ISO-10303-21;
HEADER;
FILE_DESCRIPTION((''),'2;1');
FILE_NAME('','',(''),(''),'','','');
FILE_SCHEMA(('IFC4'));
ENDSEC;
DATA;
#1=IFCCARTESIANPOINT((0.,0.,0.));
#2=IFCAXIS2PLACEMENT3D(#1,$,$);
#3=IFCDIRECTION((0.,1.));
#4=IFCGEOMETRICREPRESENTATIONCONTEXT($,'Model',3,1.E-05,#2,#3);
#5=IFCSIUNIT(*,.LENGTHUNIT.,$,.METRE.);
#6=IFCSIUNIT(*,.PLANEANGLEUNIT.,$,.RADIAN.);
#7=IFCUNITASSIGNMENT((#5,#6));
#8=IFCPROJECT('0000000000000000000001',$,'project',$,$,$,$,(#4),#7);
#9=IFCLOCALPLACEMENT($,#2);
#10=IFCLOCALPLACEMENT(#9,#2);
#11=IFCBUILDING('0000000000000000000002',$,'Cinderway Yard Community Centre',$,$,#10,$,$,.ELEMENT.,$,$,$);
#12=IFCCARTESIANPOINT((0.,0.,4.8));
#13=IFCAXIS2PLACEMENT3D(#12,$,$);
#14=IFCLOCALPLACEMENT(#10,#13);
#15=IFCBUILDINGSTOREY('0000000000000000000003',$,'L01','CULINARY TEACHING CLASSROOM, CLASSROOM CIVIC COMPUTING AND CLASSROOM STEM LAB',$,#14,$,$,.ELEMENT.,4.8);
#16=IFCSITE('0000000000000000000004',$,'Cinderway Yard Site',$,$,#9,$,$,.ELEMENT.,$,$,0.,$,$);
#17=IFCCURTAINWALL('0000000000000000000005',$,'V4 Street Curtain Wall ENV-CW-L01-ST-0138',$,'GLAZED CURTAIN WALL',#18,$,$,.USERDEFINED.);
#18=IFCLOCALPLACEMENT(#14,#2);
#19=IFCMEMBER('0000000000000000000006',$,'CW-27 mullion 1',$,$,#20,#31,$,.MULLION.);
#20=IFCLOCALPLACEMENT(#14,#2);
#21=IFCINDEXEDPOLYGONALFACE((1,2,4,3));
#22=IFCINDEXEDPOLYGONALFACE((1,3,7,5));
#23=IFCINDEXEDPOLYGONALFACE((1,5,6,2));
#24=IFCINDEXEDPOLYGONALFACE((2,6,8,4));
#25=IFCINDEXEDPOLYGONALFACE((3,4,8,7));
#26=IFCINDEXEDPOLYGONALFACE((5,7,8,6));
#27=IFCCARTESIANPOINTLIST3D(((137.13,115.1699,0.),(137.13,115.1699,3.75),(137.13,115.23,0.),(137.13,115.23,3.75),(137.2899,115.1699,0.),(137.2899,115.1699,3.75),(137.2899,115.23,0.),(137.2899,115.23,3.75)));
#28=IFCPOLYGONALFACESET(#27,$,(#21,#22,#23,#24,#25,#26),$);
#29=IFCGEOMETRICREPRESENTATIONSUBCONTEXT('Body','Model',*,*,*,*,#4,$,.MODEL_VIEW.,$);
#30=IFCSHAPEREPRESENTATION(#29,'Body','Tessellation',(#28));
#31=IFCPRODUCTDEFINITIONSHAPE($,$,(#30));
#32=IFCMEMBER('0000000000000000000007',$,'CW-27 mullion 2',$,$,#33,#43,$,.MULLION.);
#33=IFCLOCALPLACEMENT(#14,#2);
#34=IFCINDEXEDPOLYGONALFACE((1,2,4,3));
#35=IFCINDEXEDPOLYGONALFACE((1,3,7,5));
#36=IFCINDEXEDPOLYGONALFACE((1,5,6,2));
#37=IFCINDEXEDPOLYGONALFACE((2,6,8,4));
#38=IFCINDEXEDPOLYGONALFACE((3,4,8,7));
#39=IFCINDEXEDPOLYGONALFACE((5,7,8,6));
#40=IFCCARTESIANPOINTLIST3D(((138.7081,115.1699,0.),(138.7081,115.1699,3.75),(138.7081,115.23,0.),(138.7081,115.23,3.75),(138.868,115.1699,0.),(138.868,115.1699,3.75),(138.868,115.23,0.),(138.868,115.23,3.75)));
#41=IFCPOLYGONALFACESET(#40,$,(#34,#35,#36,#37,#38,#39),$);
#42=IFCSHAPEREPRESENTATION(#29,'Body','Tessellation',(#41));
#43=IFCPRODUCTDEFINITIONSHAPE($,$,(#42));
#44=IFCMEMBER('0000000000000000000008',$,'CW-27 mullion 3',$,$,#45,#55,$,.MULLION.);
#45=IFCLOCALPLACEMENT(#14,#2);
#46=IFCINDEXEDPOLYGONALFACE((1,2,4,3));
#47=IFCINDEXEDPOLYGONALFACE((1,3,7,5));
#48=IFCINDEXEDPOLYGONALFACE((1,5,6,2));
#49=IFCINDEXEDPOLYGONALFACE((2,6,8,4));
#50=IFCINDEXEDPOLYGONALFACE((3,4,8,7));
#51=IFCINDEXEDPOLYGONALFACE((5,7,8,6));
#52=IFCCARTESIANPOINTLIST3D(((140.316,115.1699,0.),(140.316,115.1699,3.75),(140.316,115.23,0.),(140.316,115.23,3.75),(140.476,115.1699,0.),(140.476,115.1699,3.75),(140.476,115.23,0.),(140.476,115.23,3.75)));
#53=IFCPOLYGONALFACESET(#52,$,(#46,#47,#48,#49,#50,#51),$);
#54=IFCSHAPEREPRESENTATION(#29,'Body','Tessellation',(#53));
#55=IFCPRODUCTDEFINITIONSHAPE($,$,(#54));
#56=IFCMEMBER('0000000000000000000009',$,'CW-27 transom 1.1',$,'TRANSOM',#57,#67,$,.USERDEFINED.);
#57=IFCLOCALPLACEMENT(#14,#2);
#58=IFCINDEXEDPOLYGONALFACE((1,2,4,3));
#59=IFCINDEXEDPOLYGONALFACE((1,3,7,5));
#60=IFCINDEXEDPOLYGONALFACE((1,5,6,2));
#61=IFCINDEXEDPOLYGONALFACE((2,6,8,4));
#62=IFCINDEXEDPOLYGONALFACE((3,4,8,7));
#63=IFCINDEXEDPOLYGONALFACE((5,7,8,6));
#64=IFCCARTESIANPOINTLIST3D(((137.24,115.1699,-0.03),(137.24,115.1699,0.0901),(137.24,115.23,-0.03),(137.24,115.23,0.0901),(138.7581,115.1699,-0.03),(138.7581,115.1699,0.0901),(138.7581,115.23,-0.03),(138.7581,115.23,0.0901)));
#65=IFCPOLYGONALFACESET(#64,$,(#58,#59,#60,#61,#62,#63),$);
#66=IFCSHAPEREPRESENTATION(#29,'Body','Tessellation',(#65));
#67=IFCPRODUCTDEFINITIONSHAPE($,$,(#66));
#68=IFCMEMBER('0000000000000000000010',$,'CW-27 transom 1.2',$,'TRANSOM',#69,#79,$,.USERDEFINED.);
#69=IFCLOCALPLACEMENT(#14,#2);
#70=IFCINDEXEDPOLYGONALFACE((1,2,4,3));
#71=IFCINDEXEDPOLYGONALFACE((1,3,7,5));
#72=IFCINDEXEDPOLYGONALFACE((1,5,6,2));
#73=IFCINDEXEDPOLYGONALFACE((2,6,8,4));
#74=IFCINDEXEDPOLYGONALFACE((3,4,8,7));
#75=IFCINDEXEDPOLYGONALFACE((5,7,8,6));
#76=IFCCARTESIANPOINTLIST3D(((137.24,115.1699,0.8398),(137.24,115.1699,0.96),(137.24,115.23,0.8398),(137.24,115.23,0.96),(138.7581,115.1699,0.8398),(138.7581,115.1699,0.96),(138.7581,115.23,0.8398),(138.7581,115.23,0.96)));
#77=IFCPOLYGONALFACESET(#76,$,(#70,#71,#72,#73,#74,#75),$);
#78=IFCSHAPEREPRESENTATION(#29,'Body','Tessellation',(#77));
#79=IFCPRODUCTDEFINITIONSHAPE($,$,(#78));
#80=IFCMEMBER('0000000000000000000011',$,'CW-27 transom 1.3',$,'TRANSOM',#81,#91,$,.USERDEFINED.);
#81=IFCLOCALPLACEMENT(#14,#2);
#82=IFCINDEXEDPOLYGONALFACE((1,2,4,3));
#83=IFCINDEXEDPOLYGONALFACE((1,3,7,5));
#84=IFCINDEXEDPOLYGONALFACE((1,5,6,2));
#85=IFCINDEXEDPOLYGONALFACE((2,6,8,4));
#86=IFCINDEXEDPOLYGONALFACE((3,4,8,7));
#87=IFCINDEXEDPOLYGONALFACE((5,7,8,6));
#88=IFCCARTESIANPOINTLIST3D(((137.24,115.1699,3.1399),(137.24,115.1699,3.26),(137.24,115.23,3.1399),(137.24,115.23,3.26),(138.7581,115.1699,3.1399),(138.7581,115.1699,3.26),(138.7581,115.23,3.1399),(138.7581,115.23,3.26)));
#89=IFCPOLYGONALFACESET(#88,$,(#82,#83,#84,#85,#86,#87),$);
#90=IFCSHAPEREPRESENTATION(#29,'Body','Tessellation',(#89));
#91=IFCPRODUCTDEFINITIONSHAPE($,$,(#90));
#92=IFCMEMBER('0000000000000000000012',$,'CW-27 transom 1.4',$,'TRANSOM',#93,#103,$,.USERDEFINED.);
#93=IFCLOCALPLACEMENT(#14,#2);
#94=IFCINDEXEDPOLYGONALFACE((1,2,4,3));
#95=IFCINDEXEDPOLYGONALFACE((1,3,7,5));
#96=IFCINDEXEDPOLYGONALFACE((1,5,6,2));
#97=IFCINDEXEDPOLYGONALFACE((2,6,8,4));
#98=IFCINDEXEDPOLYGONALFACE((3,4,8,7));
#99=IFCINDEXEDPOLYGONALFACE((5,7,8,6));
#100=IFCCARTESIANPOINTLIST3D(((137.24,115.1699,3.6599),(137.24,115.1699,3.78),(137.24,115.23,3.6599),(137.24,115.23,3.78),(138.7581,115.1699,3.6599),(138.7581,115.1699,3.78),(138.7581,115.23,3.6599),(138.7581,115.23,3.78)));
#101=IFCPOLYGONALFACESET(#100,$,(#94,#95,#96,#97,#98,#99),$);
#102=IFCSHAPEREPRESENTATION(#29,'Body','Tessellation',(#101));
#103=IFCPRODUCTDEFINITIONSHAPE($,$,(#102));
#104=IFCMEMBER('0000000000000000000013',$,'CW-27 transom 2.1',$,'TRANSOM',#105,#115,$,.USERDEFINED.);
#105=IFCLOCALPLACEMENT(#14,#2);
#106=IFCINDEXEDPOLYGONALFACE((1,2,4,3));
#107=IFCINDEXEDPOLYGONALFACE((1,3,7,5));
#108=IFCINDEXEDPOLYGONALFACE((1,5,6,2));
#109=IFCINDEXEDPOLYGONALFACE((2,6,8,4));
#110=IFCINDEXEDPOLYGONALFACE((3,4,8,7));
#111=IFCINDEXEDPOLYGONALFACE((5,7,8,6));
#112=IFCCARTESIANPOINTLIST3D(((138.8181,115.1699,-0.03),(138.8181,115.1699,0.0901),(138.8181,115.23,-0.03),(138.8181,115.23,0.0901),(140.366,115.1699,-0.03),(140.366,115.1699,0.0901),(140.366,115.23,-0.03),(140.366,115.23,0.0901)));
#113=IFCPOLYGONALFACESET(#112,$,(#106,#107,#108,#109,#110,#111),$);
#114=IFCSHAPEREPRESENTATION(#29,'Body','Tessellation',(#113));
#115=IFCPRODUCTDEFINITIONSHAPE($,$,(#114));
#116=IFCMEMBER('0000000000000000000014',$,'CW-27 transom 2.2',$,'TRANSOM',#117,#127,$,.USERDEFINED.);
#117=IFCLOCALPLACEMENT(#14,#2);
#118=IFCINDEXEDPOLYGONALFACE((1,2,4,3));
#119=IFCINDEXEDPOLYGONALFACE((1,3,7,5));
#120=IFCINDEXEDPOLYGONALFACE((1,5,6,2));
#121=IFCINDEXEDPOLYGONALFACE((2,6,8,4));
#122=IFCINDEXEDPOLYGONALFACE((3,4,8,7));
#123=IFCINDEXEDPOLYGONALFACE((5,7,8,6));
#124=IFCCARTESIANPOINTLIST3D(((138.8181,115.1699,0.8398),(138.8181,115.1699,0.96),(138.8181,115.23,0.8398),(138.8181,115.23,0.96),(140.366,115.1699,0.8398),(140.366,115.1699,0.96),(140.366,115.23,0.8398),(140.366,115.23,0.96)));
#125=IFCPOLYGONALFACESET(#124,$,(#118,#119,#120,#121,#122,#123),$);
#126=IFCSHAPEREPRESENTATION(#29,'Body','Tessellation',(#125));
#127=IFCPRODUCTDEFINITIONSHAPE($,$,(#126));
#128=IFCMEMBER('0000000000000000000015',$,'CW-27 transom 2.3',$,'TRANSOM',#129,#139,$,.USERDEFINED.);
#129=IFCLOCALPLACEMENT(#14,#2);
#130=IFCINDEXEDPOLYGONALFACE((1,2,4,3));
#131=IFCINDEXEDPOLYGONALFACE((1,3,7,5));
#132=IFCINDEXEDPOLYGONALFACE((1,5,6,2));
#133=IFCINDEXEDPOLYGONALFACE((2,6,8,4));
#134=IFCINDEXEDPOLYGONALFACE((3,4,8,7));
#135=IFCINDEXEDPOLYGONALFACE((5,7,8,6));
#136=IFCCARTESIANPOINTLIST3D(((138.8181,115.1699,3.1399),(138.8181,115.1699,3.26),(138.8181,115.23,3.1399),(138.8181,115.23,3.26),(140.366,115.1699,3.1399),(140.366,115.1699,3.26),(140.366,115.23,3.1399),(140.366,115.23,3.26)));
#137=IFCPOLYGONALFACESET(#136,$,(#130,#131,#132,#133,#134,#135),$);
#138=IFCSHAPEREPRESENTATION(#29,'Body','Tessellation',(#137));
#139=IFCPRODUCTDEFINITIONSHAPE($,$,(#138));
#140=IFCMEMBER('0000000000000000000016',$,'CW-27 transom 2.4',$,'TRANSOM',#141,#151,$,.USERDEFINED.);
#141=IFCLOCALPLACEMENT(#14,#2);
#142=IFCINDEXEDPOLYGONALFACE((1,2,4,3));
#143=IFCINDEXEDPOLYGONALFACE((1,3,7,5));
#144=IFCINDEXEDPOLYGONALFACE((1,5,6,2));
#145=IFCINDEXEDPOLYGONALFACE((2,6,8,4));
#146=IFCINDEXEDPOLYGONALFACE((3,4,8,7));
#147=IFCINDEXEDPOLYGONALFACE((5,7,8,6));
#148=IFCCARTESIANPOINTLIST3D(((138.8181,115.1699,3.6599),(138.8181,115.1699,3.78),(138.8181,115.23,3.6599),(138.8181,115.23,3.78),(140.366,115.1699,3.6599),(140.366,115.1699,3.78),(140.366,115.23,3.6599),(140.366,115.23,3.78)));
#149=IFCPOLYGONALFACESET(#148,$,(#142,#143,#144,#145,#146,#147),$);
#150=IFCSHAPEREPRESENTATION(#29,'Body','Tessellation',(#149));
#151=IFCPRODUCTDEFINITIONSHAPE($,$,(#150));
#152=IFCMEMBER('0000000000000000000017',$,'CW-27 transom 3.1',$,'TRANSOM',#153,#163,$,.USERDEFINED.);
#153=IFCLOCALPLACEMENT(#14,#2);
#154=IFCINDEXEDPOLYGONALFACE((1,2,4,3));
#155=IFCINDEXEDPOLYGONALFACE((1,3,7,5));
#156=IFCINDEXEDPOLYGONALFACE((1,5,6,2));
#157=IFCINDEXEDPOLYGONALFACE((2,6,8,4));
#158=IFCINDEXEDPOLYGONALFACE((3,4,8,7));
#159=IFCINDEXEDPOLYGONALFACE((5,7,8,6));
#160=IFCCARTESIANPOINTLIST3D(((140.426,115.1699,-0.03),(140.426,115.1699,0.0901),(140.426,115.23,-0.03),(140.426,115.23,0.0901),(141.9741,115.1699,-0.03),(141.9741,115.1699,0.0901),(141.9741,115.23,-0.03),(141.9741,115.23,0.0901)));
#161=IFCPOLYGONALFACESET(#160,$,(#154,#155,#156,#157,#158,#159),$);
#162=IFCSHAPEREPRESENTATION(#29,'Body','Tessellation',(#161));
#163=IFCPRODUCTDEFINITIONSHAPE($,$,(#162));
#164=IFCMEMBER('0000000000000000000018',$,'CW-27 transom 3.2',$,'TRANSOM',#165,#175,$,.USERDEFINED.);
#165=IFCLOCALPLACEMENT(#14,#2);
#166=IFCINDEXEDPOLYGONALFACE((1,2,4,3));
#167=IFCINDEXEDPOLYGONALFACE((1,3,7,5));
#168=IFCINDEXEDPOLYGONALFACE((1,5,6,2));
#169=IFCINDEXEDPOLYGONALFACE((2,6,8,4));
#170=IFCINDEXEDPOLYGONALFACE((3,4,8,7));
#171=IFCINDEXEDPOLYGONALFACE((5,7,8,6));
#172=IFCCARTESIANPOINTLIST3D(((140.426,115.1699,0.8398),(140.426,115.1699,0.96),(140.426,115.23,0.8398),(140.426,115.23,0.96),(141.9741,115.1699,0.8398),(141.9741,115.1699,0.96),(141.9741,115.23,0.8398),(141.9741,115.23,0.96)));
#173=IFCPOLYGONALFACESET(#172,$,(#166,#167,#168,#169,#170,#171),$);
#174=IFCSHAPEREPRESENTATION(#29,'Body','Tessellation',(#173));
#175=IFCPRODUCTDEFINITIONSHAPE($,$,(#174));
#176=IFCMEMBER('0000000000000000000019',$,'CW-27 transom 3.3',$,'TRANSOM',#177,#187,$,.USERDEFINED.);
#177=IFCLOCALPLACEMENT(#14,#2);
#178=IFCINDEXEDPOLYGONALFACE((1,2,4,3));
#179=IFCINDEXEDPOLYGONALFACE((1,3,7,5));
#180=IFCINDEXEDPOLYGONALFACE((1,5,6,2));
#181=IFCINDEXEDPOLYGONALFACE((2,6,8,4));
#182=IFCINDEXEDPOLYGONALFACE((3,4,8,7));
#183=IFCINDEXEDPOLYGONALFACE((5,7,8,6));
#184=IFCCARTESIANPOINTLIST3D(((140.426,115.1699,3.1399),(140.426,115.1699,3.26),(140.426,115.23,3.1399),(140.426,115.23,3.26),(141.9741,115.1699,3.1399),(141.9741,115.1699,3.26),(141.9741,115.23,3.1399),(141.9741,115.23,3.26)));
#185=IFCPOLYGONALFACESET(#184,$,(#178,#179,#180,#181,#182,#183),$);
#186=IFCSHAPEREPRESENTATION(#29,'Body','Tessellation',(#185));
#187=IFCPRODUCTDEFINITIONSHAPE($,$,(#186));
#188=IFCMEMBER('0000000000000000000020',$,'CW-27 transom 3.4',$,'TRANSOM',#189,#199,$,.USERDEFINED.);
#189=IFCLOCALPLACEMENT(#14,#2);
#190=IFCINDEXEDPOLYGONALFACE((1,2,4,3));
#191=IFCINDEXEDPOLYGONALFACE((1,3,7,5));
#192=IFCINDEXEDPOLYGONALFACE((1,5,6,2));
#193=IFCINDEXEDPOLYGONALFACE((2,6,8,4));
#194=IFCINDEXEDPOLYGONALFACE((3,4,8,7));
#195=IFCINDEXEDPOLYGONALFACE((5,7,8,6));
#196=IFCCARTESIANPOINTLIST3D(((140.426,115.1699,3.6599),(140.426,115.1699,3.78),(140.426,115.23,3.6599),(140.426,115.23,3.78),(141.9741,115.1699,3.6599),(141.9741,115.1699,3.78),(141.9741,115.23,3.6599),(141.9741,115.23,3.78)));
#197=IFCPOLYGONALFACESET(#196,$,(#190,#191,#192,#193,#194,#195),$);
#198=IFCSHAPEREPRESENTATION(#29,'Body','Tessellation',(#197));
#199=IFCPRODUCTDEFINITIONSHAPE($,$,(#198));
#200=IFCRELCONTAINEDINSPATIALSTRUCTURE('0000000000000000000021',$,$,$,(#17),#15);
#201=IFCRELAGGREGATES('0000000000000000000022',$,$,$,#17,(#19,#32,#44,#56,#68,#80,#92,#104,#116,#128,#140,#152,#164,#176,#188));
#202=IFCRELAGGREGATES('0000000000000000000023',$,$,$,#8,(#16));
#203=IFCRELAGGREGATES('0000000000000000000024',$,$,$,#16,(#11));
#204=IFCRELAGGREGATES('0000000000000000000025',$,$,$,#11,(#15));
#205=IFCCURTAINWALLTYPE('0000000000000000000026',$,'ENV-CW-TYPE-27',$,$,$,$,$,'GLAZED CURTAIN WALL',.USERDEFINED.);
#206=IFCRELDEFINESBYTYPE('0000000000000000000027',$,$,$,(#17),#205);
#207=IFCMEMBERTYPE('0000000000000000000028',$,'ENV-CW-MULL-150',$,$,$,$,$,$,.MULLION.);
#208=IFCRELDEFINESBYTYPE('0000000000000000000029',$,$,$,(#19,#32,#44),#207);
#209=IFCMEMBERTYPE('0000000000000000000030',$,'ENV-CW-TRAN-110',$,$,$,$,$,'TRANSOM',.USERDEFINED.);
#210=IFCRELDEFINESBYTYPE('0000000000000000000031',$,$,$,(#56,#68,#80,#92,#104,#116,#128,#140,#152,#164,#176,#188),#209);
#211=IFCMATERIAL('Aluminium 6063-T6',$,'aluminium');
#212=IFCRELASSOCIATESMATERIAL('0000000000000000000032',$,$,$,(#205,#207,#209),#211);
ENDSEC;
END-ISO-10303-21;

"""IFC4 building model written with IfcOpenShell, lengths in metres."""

from ifc_helpers import new_model, si_unit, direction, frame, origin, origin_2d, place, context, subcontext, project, spatial, rectangle, extrude, material, material_profile, profile_set, type_object, element, aggregate, save


model = new_model("IFC4")

# Units and contexts
model_context = context("Model", 3, precision=1e-05, world=origin(), true_north=direction((0.0, 1.0)))
body_context = subcontext(model_context, "Body", "Model", "MODEL_VIEW")
ifc_project = project(units=[si_unit("LENGTHUNIT", "METRE"), si_unit("PLANEANGLEUNIT", "RADIAN")], contexts=[model_context])

# Site, building, storey
site_placement = place(None, origin())
site = spatial("IfcSite", under=ifc_project, at=site_placement, Name="Cinderway Yard Site", CompositionType="ELEMENT", RefElevation=0.0)
building_placement = place(site_placement, origin())
building = spatial("IfcBuilding", under=site, at=building_placement, Name="Cinderway Yard Community Centre", CompositionType="ELEMENT")
storey_placement = place(building_placement, frame((0.0, 0.0, 4.8)))
storey = spatial("IfcBuildingStorey", under=building, at=storey_placement, Name="L01", Description="CULINARY TEACHING CLASSROOM, CLASSROOM CIVIC COMPUTING AND CLASSROOM STEM LAB", CompositionType="ELEMENT", Elevation=4.8)

# Curtain wall, members
ifc_material_1 = material(Name="Aluminium 6063-T6", Category="aluminium")
curtain_wall_type = type_object("IfcCurtainWallType", Name="ENV-CW-TYPE-27", ElementType="GLAZED CURTAIN WALL", PredefinedType="USERDEFINED", material=ifc_material_1)
curtain_wall_placement = place(storey_placement, origin())
curtain_wall = element("IfcCurtainWall", 1, at=curtain_wall_placement, inside=storey, type_object=curtain_wall_type, Name="V4 Street Curtain Wall ENV-CW-L01-ST-0138", ObjectType="GLAZED CURTAIN WALL", PredefinedType="USERDEFINED")
ifc_material_profile_1 = material_profile(ifc_material_1, rectangle(XDim=0.0601, YDim=0.1599, at=origin_2d()), Name="Aluminium 6063-T6")
ifc_profile_set_1 = profile_set([ifc_material_profile_1], Name="Aluminium 6063-T6")
member_type_1 = type_object("IfcMemberType", Name="ENV-CW-MULL-150", PredefinedType="MULLION", material=ifc_profile_set_1)
member_1_placement = place(storey_placement, frame((137.21, 115.2, 0.0), z_axis=(0.0, 0.0, 1.0), x_axis=(0.0, 1.0, 0.0)))
member_1 = element("IfcMember", 2, at=member_1_placement, type_object=member_type_1, Name="CW-27 mullion 1", PredefinedType="MULLION", context=body_context, shape_type="SweptSolid", body=[
    extrude(rectangle(XDim=0.0601, YDim=0.1599, at=origin_2d()), origin(), (0.0, 0.0, 1.0), 3.75),
])
member_2_placement = place(storey_placement, frame((138.7881, 115.2, 0.0), z_axis=(0.0, 0.0, 1.0), x_axis=(0.0, 1.0, 0.0)))
member_2 = element("IfcMember", 3, at=member_2_placement, type_object=member_type_1, Name="CW-27 mullion 2", PredefinedType="MULLION", context=body_context, shape_type="SweptSolid", body=[
    extrude(rectangle(XDim=0.0601, YDim=0.1599, at=origin_2d()), origin(), (0.0, 0.0, 1.0), 3.75),
])
member_3_placement = place(storey_placement, frame((140.396, 115.2, 0.0), z_axis=(0.0, 0.0, 1.0), x_axis=(0.0, 1.0, 0.0)))
member_3 = element("IfcMember", 4, at=member_3_placement, type_object=member_type_1, Name="CW-27 mullion 3", PredefinedType="MULLION", context=body_context, shape_type="SweptSolid", body=[
    extrude(rectangle(XDim=0.0601, YDim=0.1599, at=origin_2d()), origin(), (0.0, 0.0, 1.0), 3.75),
])
ifc_material_profile_2 = material_profile(ifc_material_1, rectangle(XDim=0.0601, YDim=0.1201, at=origin_2d()), Name="Aluminium 6063-T6")
ifc_profile_set_2 = profile_set([ifc_material_profile_2], Name="Aluminium 6063-T6")
member_type_2 = type_object("IfcMemberType", Name="ENV-CW-TRAN-110", ElementType="TRANSOM", PredefinedType="USERDEFINED", material=ifc_profile_set_2)
member_4_placement = place(storey_placement, frame((137.24, 115.2, 0.03), z_axis=(1.0, 0.0, 0.0), x_axis=(0.0, 1.0, 0.0)))
member_4 = element("IfcMember", 5, at=member_4_placement, type_object=member_type_2, Name="CW-27 transom 1.1", ObjectType="TRANSOM", PredefinedType="USERDEFINED", context=body_context, shape_type="SweptSolid", body=[
    extrude(rectangle(XDim=0.0601, YDim=0.1201, at=origin_2d()), origin(), (0.0, 0.0, 1.0), 1.5181),
])
member_5_placement = place(storey_placement, frame((137.24, 115.2, 0.8999), z_axis=(1.0, 0.0, 0.0), x_axis=(0.0, 1.0, 0.0)))
member_5 = element("IfcMember", 6, at=member_5_placement, type_object=member_type_2, Name="CW-27 transom 1.2", ObjectType="TRANSOM", PredefinedType="USERDEFINED", context=body_context, shape_type="SweptSolid", body=[
    extrude(rectangle(XDim=0.0601, YDim=0.1201, at=origin_2d()), origin(), (0.0, 0.0, 1.0), 1.5181),
])
member_6_placement = place(storey_placement, frame((137.24, 115.2, 3.2), z_axis=(1.0, 0.0, 0.0), x_axis=(0.0, 1.0, 0.0)))
member_6 = element("IfcMember", 7, at=member_6_placement, type_object=member_type_2, Name="CW-27 transom 1.3", ObjectType="TRANSOM", PredefinedType="USERDEFINED", context=body_context, shape_type="SweptSolid", body=[
    extrude(rectangle(XDim=0.0601, YDim=0.1201, at=origin_2d()), origin(), (0.0, 0.0, 1.0), 1.5181),
])
member_7_placement = place(storey_placement, frame((137.24, 115.2, 3.72), z_axis=(1.0, 0.0, 0.0), x_axis=(0.0, 1.0, 0.0)))
member_7 = element("IfcMember", 8, at=member_7_placement, type_object=member_type_2, Name="CW-27 transom 1.4", ObjectType="TRANSOM", PredefinedType="USERDEFINED", context=body_context, shape_type="SweptSolid", body=[
    extrude(rectangle(XDim=0.0601, YDim=0.1201, at=origin_2d()), origin(), (0.0, 0.0, 1.0), 1.5181),
])
member_8_placement = place(storey_placement, frame((138.8181, 115.2, 0.03), z_axis=(1.0, 0.0, 0.0), x_axis=(0.0, 1.0, 0.0)))
member_8 = element("IfcMember", 9, at=member_8_placement, type_object=member_type_2, Name="CW-27 transom 2.1", ObjectType="TRANSOM", PredefinedType="USERDEFINED", context=body_context, shape_type="SweptSolid", body=[
    extrude(rectangle(XDim=0.0601, YDim=0.1201, at=origin_2d()), origin(), (0.0, 0.0, 1.0), 1.5479),
])
member_9_placement = place(storey_placement, frame((138.8181, 115.2, 0.8999), z_axis=(1.0, 0.0, 0.0), x_axis=(0.0, 1.0, 0.0)))
member_9 = element("IfcMember", 10, at=member_9_placement, type_object=member_type_2, Name="CW-27 transom 2.2", ObjectType="TRANSOM", PredefinedType="USERDEFINED", context=body_context, shape_type="SweptSolid", body=[
    extrude(rectangle(XDim=0.0601, YDim=0.1201, at=origin_2d()), origin(), (0.0, 0.0, 1.0), 1.5479),
])
member_10_placement = place(storey_placement, frame((138.8181, 115.2, 3.2), z_axis=(1.0, 0.0, 0.0), x_axis=(0.0, 1.0, 0.0)))
member_10 = element("IfcMember", 11, at=member_10_placement, type_object=member_type_2, Name="CW-27 transom 2.3", ObjectType="TRANSOM", PredefinedType="USERDEFINED", context=body_context, shape_type="SweptSolid", body=[
    extrude(rectangle(XDim=0.0601, YDim=0.1201, at=origin_2d()), origin(), (0.0, 0.0, 1.0), 1.5479),
])
member_11_placement = place(storey_placement, frame((138.8181, 115.2, 3.72), z_axis=(1.0, 0.0, 0.0), x_axis=(0.0, 1.0, 0.0)))
member_11 = element("IfcMember", 12, at=member_11_placement, type_object=member_type_2, Name="CW-27 transom 2.4", ObjectType="TRANSOM", PredefinedType="USERDEFINED", context=body_context, shape_type="SweptSolid", body=[
    extrude(rectangle(XDim=0.0601, YDim=0.1201, at=origin_2d()), origin(), (0.0, 0.0, 1.0), 1.5479),
])
member_12_placement = place(storey_placement, frame((140.426, 115.2, 0.03), z_axis=(1.0, 0.0, 0.0), x_axis=(0.0, 1.0, 0.0)))
member_12 = element("IfcMember", 13, at=member_12_placement, type_object=member_type_2, Name="CW-27 transom 3.1", ObjectType="TRANSOM", PredefinedType="USERDEFINED", context=body_context, shape_type="SweptSolid", body=[
    extrude(rectangle(XDim=0.0601, YDim=0.1201, at=origin_2d()), origin(), (0.0, 0.0, 1.0), 1.5481),
])
member_13_placement = place(storey_placement, frame((140.426, 115.2, 0.8999), z_axis=(1.0, 0.0, 0.0), x_axis=(0.0, 1.0, 0.0)))
member_13 = element("IfcMember", 14, at=member_13_placement, type_object=member_type_2, Name="CW-27 transom 3.2", ObjectType="TRANSOM", PredefinedType="USERDEFINED", context=body_context, shape_type="SweptSolid", body=[
    extrude(rectangle(XDim=0.0601, YDim=0.1201, at=origin_2d()), origin(), (0.0, 0.0, 1.0), 1.5481),
])
member_14_placement = place(storey_placement, frame((140.426, 115.2, 3.2), z_axis=(1.0, 0.0, 0.0), x_axis=(0.0, 1.0, 0.0)))
member_14 = element("IfcMember", 15, at=member_14_placement, type_object=member_type_2, Name="CW-27 transom 3.3", ObjectType="TRANSOM", PredefinedType="USERDEFINED", context=body_context, shape_type="SweptSolid", body=[
    extrude(rectangle(XDim=0.0601, YDim=0.1201, at=origin_2d()), origin(), (0.0, 0.0, 1.0), 1.5481),
])
member_15_placement = place(storey_placement, frame((140.426, 115.2, 3.72), z_axis=(1.0, 0.0, 0.0), x_axis=(0.0, 1.0, 0.0)))
member_15 = element("IfcMember", 16, at=member_15_placement, type_object=member_type_2, Name="CW-27 transom 3.4", ObjectType="TRANSOM", PredefinedType="USERDEFINED", context=body_context, shape_type="SweptSolid", body=[
    extrude(rectangle(XDim=0.0601, YDim=0.1201, at=origin_2d()), origin(), (0.0, 0.0, 1.0), 1.5481),
])

aggregate(curtain_wall, [member_1, member_2, member_3, member_4, member_5, member_6, member_7, member_8, member_9, member_10, member_11, member_12, member_13, member_14, member_15])

save(model, "model.ifc")
